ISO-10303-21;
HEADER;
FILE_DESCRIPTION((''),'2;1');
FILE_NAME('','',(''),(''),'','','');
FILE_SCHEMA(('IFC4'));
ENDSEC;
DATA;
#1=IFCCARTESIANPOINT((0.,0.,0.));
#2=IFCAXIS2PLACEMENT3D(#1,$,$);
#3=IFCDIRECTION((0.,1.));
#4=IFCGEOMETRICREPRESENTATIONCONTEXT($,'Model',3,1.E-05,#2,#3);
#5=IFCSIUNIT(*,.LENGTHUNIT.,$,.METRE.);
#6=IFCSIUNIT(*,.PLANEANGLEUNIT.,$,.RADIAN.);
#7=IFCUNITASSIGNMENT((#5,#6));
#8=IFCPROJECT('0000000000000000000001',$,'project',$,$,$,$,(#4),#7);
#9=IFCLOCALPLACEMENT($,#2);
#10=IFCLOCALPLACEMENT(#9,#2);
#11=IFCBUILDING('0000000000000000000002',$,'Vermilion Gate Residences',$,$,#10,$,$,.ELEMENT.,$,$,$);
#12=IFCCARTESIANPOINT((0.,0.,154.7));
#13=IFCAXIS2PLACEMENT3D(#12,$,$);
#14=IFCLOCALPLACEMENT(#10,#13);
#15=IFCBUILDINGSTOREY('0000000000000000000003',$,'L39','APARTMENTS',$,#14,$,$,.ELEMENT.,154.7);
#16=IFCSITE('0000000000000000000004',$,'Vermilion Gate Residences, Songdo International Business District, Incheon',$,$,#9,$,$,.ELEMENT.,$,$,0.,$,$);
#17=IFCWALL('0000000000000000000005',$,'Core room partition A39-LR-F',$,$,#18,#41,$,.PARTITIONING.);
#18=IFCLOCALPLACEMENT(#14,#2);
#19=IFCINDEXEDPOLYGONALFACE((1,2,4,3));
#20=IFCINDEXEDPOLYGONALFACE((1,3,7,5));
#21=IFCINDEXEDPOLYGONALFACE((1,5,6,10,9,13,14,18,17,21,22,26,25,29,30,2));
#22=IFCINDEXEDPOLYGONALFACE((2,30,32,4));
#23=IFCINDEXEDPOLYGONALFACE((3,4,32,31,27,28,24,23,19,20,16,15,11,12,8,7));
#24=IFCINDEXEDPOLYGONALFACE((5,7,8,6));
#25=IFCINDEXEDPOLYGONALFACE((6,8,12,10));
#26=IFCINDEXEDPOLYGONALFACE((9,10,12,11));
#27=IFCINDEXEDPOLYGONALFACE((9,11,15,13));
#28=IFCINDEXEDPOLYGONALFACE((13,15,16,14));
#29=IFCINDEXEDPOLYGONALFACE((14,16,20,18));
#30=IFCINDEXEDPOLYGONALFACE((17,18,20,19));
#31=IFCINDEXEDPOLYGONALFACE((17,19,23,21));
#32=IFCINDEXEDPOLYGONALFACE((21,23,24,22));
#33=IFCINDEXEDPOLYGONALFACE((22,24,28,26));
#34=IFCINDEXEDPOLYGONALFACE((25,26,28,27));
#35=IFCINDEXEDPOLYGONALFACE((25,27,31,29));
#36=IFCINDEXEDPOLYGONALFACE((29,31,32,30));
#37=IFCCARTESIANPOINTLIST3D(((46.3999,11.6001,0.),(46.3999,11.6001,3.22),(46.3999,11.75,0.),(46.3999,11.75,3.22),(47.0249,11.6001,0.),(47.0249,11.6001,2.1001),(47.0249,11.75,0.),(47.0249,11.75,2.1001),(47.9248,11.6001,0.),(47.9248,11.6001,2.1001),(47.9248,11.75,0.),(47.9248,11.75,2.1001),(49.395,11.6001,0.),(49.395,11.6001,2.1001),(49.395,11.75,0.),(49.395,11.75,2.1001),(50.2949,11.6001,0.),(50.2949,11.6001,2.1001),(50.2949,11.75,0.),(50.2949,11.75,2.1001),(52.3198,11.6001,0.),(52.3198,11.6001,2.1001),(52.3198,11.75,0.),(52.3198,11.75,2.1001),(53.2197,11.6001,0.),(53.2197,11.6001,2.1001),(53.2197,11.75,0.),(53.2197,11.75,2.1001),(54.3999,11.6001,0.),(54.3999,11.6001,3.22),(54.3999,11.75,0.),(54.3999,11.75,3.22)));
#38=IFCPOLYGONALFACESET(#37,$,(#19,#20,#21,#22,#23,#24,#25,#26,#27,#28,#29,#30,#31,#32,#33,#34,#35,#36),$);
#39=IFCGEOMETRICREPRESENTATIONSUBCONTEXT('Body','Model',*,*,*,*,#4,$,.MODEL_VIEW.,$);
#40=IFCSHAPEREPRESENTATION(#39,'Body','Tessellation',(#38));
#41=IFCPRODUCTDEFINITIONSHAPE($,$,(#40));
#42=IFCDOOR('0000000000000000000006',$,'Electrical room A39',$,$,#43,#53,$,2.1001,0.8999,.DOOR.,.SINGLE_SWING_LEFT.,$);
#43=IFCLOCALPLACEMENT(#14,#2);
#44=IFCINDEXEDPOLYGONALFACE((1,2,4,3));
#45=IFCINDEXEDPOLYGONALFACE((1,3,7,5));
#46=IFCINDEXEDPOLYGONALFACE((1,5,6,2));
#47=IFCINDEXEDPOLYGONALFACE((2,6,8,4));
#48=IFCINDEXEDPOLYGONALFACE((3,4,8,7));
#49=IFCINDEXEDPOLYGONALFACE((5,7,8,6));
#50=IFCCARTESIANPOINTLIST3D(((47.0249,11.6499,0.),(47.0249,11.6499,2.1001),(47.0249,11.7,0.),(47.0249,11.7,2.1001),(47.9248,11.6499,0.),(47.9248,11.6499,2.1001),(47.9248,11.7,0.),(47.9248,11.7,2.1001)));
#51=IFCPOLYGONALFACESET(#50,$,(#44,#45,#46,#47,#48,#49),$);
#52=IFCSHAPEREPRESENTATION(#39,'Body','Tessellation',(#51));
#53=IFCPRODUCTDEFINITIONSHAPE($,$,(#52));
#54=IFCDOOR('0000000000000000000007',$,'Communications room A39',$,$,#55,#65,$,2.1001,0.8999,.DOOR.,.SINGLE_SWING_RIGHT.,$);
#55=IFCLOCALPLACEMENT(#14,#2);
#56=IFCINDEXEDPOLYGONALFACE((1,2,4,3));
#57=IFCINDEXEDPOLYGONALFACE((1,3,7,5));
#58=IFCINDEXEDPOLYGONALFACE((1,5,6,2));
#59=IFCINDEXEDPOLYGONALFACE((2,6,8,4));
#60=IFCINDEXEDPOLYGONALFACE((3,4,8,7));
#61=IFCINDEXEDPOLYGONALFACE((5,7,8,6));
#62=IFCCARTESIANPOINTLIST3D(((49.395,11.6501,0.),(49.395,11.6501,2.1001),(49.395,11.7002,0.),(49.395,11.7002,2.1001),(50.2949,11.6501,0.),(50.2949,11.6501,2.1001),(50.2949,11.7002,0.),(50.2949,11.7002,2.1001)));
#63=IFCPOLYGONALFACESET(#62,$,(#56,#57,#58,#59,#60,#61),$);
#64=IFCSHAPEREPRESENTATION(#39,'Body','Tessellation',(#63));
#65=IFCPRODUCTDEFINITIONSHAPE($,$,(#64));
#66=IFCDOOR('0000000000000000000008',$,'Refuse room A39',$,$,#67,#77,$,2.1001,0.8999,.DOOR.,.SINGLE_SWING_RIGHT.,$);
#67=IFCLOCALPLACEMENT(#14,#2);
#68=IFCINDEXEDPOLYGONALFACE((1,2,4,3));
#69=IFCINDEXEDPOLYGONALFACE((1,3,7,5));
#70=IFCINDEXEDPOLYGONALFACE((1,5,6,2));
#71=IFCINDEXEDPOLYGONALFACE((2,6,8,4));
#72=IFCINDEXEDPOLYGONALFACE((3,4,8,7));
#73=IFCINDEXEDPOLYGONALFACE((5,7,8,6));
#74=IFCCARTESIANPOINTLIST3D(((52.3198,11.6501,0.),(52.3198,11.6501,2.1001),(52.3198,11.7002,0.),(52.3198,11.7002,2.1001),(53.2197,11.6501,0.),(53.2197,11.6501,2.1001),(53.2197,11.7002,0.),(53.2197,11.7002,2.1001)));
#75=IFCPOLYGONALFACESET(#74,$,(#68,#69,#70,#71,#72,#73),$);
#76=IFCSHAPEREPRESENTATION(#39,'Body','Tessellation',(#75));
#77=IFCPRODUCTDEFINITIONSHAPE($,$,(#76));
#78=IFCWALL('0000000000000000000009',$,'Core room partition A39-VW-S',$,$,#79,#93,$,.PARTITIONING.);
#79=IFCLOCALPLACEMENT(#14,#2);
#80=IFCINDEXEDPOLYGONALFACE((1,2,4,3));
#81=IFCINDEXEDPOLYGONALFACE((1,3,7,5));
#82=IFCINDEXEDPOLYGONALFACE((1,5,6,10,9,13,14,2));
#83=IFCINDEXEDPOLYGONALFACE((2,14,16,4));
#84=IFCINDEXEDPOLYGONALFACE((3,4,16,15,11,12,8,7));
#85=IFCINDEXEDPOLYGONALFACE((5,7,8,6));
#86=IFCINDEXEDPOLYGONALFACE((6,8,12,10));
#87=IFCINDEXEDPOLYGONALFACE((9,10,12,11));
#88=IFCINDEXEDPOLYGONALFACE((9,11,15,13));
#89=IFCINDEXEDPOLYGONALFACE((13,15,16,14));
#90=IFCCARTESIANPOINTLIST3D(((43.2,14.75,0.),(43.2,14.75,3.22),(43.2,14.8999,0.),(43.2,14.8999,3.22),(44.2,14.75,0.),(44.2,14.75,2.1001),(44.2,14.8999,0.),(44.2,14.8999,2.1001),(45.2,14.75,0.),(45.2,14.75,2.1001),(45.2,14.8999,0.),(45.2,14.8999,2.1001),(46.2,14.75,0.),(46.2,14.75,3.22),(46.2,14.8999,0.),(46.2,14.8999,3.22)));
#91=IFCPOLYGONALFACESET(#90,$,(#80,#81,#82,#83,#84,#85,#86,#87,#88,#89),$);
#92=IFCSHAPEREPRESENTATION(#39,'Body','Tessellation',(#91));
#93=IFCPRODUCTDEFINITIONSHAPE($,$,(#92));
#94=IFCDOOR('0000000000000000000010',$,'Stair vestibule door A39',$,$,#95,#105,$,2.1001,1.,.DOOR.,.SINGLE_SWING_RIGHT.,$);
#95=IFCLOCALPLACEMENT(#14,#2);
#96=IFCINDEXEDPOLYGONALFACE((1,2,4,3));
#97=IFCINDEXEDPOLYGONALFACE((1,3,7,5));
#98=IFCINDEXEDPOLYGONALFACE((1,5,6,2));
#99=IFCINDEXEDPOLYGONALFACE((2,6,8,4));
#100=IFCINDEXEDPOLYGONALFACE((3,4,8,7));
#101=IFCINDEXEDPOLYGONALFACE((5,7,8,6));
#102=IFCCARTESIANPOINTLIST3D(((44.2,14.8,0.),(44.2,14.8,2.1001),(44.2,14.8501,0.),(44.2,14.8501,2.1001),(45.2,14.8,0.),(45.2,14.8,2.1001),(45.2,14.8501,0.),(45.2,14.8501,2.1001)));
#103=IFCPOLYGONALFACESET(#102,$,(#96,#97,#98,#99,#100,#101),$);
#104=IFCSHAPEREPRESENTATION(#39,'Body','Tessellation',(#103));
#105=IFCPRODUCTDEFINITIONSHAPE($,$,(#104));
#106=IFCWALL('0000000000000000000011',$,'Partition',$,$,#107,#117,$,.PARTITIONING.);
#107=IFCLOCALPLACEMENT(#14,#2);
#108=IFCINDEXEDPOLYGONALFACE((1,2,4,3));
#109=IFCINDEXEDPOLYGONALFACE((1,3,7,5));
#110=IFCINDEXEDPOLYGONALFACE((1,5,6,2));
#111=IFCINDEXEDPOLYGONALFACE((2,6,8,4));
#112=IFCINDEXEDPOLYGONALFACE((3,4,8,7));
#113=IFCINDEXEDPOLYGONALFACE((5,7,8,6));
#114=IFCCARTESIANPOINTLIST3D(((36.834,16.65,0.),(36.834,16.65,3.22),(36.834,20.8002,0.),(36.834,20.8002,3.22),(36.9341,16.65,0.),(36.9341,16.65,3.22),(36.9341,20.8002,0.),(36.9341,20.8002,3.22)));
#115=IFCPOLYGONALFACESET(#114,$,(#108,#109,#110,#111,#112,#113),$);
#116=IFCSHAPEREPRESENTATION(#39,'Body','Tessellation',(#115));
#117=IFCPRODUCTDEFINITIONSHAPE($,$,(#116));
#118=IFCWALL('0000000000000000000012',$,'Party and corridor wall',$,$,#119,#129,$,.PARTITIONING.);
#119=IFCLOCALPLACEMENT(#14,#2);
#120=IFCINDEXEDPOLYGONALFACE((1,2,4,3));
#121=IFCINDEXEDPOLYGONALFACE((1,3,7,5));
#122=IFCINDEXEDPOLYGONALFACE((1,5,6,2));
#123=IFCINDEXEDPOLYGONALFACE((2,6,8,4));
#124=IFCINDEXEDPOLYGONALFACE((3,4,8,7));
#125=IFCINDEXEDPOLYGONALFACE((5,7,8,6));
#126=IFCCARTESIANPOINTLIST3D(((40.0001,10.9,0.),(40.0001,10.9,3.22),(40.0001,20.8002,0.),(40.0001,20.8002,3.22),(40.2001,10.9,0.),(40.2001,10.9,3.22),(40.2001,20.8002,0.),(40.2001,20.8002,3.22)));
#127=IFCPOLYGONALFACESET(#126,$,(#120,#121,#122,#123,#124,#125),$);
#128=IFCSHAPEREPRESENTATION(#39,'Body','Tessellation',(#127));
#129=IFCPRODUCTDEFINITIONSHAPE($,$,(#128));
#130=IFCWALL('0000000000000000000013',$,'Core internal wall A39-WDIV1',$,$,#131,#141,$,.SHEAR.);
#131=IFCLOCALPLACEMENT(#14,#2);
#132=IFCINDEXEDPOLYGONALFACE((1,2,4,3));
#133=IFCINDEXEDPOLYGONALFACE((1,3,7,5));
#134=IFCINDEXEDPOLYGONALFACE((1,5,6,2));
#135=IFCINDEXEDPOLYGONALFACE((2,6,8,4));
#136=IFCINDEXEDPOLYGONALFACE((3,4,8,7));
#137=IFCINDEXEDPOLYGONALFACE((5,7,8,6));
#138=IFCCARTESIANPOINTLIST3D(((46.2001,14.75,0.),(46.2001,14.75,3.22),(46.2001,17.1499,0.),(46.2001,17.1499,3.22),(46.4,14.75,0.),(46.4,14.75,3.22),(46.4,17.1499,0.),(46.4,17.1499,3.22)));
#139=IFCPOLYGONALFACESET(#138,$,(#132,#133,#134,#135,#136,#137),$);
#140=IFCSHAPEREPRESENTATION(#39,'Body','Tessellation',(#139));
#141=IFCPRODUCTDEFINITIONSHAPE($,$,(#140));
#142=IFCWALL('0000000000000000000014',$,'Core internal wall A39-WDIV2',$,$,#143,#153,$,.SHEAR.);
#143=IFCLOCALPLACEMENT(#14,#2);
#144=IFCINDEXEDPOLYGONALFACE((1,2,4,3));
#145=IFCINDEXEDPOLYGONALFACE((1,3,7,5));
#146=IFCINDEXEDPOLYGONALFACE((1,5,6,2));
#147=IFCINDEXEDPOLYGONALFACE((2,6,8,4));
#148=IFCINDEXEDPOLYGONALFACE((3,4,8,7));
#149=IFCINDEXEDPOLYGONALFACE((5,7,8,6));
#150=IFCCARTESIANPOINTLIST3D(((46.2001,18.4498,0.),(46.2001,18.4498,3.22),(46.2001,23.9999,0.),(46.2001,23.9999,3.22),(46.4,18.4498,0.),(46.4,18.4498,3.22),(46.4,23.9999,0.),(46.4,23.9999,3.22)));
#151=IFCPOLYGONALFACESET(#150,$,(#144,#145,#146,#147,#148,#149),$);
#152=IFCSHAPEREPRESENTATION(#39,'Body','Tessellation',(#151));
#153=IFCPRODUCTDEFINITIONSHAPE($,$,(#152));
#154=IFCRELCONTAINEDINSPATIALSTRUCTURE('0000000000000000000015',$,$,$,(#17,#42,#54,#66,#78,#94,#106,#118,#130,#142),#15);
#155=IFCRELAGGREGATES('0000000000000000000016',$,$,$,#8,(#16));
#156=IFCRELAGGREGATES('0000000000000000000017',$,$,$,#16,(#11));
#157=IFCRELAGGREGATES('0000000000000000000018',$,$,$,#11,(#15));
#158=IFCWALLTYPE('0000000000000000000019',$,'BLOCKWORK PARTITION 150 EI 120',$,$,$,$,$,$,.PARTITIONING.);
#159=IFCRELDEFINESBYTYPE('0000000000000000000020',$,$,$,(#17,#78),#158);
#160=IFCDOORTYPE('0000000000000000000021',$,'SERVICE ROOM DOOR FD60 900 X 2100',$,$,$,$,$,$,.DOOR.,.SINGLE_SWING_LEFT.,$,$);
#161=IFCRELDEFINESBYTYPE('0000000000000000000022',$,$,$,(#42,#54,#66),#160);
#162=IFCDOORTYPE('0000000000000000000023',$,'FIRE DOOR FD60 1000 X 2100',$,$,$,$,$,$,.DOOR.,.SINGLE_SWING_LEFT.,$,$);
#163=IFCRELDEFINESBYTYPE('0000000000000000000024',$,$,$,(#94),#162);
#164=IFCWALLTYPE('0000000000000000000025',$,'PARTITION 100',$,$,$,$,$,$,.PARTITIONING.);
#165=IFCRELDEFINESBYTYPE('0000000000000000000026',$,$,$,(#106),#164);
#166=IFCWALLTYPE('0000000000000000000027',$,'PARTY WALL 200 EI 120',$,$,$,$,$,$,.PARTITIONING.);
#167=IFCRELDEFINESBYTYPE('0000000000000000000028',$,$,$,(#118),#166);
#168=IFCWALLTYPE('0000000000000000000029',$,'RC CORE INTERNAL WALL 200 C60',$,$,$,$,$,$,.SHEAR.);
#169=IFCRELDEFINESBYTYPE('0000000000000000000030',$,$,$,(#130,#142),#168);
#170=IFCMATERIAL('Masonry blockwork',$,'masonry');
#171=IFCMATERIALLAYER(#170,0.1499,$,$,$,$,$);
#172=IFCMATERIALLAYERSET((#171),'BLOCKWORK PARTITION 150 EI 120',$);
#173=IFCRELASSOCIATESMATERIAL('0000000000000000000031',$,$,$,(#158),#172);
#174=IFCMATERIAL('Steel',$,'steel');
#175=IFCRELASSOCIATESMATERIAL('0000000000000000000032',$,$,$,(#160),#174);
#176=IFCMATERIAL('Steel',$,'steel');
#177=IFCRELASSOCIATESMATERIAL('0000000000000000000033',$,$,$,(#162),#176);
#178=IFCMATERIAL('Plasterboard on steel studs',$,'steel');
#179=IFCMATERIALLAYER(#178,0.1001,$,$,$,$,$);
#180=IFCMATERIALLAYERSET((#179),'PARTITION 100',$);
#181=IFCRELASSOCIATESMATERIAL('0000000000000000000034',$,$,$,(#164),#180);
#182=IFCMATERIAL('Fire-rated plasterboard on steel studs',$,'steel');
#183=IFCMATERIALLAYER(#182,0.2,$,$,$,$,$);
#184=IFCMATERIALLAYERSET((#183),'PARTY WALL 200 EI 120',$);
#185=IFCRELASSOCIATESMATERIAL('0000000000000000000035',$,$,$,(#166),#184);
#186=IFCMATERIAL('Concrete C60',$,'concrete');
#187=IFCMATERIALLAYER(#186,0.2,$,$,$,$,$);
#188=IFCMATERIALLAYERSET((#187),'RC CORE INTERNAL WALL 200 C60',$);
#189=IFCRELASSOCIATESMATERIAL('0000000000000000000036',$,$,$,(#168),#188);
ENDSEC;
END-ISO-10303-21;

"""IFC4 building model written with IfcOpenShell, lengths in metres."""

from ifc_helpers import new_model, si_unit, direction, frame, frame_2d, origin, place, context, subcontext, project, spatial, rectangle, extrude, material, layer, layer_set, type_object, element, fill, save


model = new_model("IFC4")

# Units and contexts
model_context = context("Model", 3, precision=1e-05, world=origin(), true_north=direction((0.0, 1.0)))
body_context = subcontext(model_context, "Body", "Model", "MODEL_VIEW")
ifc_project = project(units=[si_unit("LENGTHUNIT", "METRE"), si_unit("PLANEANGLEUNIT", "RADIAN")], contexts=[model_context])

# Site, building, storey
site_placement = place(None, origin())
site = spatial("IfcSite", under=ifc_project, at=site_placement, Name="Vermilion Gate Residences, Songdo International Business District, Incheon", CompositionType="ELEMENT", RefElevation=0.0)
building_placement = place(site_placement, origin())
building = spatial("IfcBuilding", under=site, at=building_placement, Name="Vermilion Gate Residences", CompositionType="ELEMENT")
storey_placement = place(building_placement, frame((0.0, 0.0, 154.7)))
storey = spatial("IfcBuildingStorey", under=building, at=storey_placement, Name="L39", Description="APARTMENTS", CompositionType="ELEMENT", Elevation=154.7)

# Wall, openings, doors
ifc_material_1 = material(Name="Masonry blockwork", Category="masonry")
ifc_layer_1 = layer(ifc_material_1, 0.1499)
ifc_layer_set_1 = layer_set([ifc_layer_1], Name="BLOCKWORK PARTITION 150 EI 120")
wall_type_1 = type_object("IfcWallType", Name="BLOCKWORK PARTITION 150 EI 120", PredefinedType="PARTITIONING", material=ifc_layer_set_1)
wall_1_placement = place(storey_placement, frame((46.3999, 11.675, 0.0), z_axis=(0.0, 0.0, 1.0), x_axis=(1.0, 0.0, 0.0)))
wall_1 = element("IfcWall", 1, at=wall_1_placement, inside=storey, type_object=wall_type_1, Name="Core room partition A39-LR-F", PredefinedType="PARTITIONING", context=body_context, shape_type="SweptSolid", body=[
    extrude(rectangle(XDim=8.0, YDim=0.1499, at=frame_2d((4.0, 0.0))), origin(), (0.0, 0.0, 1.0), 3.22),
])
opening_1_placement = place(wall_1_placement, frame((0.625, 0.0, 0.0)))
opening_1 = element("IfcOpeningElement", 2, at=opening_1_placement, cuts=wall_1, PredefinedType="OPENING", context=body_context, shape_type="SweptSolid", body=[
    extrude(rectangle(XDim=0.8999, YDim=2.1001, at=frame_2d((0.45, 1.05))), frame((0.0, 0.085, 0.0), z_axis=(0.0, -1.0, 0.0), x_axis=(1.0, 0.0, 0.0)), (0.0, 0.0, 1.0), 0.1699),
])
opening_2_placement = place(wall_1_placement, frame((2.9951, 0.0, 0.0)))
opening_2 = element("IfcOpeningElement", 3, at=opening_2_placement, cuts=wall_1, PredefinedType="OPENING", context=body_context, shape_type="SweptSolid", body=[
    extrude(rectangle(XDim=0.8999, YDim=2.1001, at=frame_2d((0.45, 1.05))), frame((0.0, 0.085, 0.0), z_axis=(0.0, -1.0, 0.0), x_axis=(1.0, 0.0, 0.0)), (0.0, 0.0, 1.0), 0.1699),
])
opening_3_placement = place(wall_1_placement, frame((5.9199, 0.0, 0.0)))
opening_3 = element("IfcOpeningElement", 4, at=opening_3_placement, cuts=wall_1, PredefinedType="OPENING", context=body_context, shape_type="SweptSolid", body=[
    extrude(rectangle(XDim=0.8999, YDim=2.1001, at=frame_2d((0.45, 1.05))), frame((0.0, 0.085, 0.0), z_axis=(0.0, -1.0, 0.0), x_axis=(1.0, 0.0, 0.0)), (0.0, 0.0, 1.0), 0.1699),
])
ifc_material_2 = material(Name="Steel", Category="steel")
door_type_1 = type_object("IfcDoorType", Name="SERVICE ROOM DOOR FD60 900 X 2100", OperationType="SINGLE_SWING_LEFT", PredefinedType="DOOR", material=ifc_material_2)
door_1_placement = place(opening_1_placement, origin())
door_1 = element("IfcDoor", 5, at=door_1_placement, inside=storey, type_object=door_type_1, Name="Electrical room A39", OperationType="SINGLE_SWING_LEFT", OverallHeight=2.1001, OverallWidth=0.8999, PredefinedType="DOOR", context=body_context, shape_type="SweptSolid", body=[
    extrude(rectangle(XDim=0.8999, YDim=2.1001, at=frame_2d((0.45, 1.05))), frame((0.0, 0.0249, 0.0), z_axis=(0.0, -1.0, 0.0), x_axis=(1.0, 0.0, 0.0)), (0.0, 0.0, 1.0), 0.05),
])
fill(opening_1, door_1)
door_2_placement = place(opening_2_placement, frame((0.8999, 0.0, 0.0), z_axis=(0.0, 0.0, 1.0), x_axis=(-1.0, 0.0, 0.0)))
door_2 = element("IfcDoor", 6, at=door_2_placement, inside=storey, type_object=door_type_1, Name="Communications room A39", OperationType="SINGLE_SWING_RIGHT", OverallHeight=2.1001, OverallWidth=0.8999, PredefinedType="DOOR", context=body_context, shape_type="SweptSolid", body=[
    extrude(rectangle(XDim=0.8999, YDim=2.1001, at=frame_2d((0.45, 1.05))), frame((0.0, 0.0249, 0.0), z_axis=(0.0, -1.0, 0.0), x_axis=(1.0, 0.0, 0.0)), (0.0, 0.0, 1.0), 0.05),
])
fill(opening_2, door_2)
door_3_placement = place(opening_3_placement, frame((0.8999, 0.0, 0.0), z_axis=(0.0, 0.0, 1.0), x_axis=(-1.0, 0.0, 0.0)))
door_3 = element("IfcDoor", 7, at=door_3_placement, inside=storey, type_object=door_type_1, Name="Refuse room A39", OperationType="SINGLE_SWING_RIGHT", OverallHeight=2.1001, OverallWidth=0.8999, PredefinedType="DOOR", context=body_context, shape_type="SweptSolid", body=[
    extrude(rectangle(XDim=0.8999, YDim=2.1001, at=frame_2d((0.45, 1.05))), frame((0.0, 0.0249, 0.0), z_axis=(0.0, -1.0, 0.0), x_axis=(1.0, 0.0, 0.0)), (0.0, 0.0, 1.0), 0.05),
])
fill(opening_3, door_3)

# Wall, opening, door
wall_2_placement = place(storey_placement, frame((43.2, 14.825, 0.0), z_axis=(0.0, 0.0, 1.0), x_axis=(1.0, 0.0, 0.0)))
wall_2 = element("IfcWall", 8, at=wall_2_placement, inside=storey, type_object=wall_type_1, Name="Core room partition A39-VW-S", PredefinedType="PARTITIONING", context=body_context, shape_type="SweptSolid", body=[
    extrude(rectangle(XDim=3.0, YDim=0.1499, at=frame_2d((1.5, 0.0))), origin(), (0.0, 0.0, 1.0), 3.22),
])
opening_4_placement = place(wall_2_placement, frame((1.0, 0.0, 0.0)))
opening_4 = element("IfcOpeningElement", 9, at=opening_4_placement, cuts=wall_2, PredefinedType="OPENING", context=body_context, shape_type="SweptSolid", body=[
    extrude(rectangle(XDim=1.0, YDim=2.1001, at=frame_2d((0.5, 1.05))), frame((0.0, 0.085, 0.0), z_axis=(0.0, -1.0, 0.0), x_axis=(1.0, 0.0, 0.0)), (0.0, 0.0, 1.0), 0.1699),
])
ifc_material_3 = material(Name="Steel", Category="steel")
door_type_2 = type_object("IfcDoorType", Name="FIRE DOOR FD60 1000 X 2100", OperationType="SINGLE_SWING_LEFT", PredefinedType="DOOR", material=ifc_material_3)
door_4_placement = place(opening_4_placement, frame((1.0, 0.0, 0.0), z_axis=(0.0, 0.0, 1.0), x_axis=(-1.0, 0.0, 0.0)))
door_4 = element("IfcDoor", 10, at=door_4_placement, inside=storey, type_object=door_type_2, Name="Stair vestibule door A39", OperationType="SINGLE_SWING_RIGHT", OverallHeight=2.1001, OverallWidth=1.0, PredefinedType="DOOR", context=body_context, shape_type="SweptSolid", body=[
    extrude(rectangle(XDim=1.0, YDim=2.1001, at=frame_2d((0.5, 1.05))), frame((0.0, 0.0249, 0.0), z_axis=(0.0, -1.0, 0.0), x_axis=(1.0, 0.0, 0.0)), (0.0, 0.0, 1.0), 0.05),
])
fill(opening_4, door_4)

# Walls
ifc_material_4 = material(Name="Plasterboard on steel studs", Category="steel")
ifc_layer_2 = layer(ifc_material_4, 0.1001)
ifc_layer_set_2 = layer_set([ifc_layer_2], Name="PARTITION 100")
wall_type_2 = type_object("IfcWallType", Name="PARTITION 100", PredefinedType="PARTITIONING", material=ifc_layer_set_2)
wall_3_placement = place(storey_placement, frame((36.884, 16.6499, 0.0), z_axis=(0.0, 0.0, 1.0), x_axis=(0.0, 1.0, 0.0)))
element("IfcWall", 11, at=wall_3_placement, inside=storey, type_object=wall_type_2, Name="Partition", PredefinedType="PARTITIONING", context=body_context, shape_type="SweptSolid", body=[
    extrude(rectangle(XDim=4.1501, YDim=0.1001, at=frame_2d((2.0752, 0.0))), origin(), (0.0, 0.0, 1.0), 3.22),
])
ifc_material_5 = material(Name="Fire-rated plasterboard on steel studs", Category="steel")
ifc_layer_3 = layer(ifc_material_5, 0.2)
ifc_layer_set_3 = layer_set([ifc_layer_3], Name="PARTY WALL 200 EI 120")
wall_type_3 = type_object("IfcWallType", Name="PARTY WALL 200 EI 120", PredefinedType="PARTITIONING", material=ifc_layer_set_3)
wall_4_placement = place(storey_placement, frame((40.1001, 10.8999, 0.0), z_axis=(0.0, 0.0, 1.0), x_axis=(0.0, 1.0, 0.0)))
element("IfcWall", 12, at=wall_4_placement, inside=storey, type_object=wall_type_3, Name="Party and corridor wall", PredefinedType="PARTITIONING", context=body_context, shape_type="SweptSolid", body=[
    extrude(rectangle(XDim=9.9001, YDim=0.2, at=frame_2d((4.9502, 0.0))), origin(), (0.0, 0.0, 1.0), 3.22),
])
ifc_material_6 = material(Name="Concrete C60", Category="concrete")
ifc_layer_4 = layer(ifc_material_6, 0.2)
ifc_layer_set_4 = layer_set([ifc_layer_4], Name="RC CORE INTERNAL WALL 200 C60")
wall_type_4 = type_object("IfcWallType", Name="RC CORE INTERNAL WALL 200 C60", PredefinedType="SHEAR", material=ifc_layer_set_4)
wall_5_placement = place(storey_placement, frame((46.3, 14.75, 0.0), z_axis=(0.0, 0.0, 1.0), x_axis=(0.0, 1.0, 0.0)))
element("IfcWall", 13, at=wall_5_placement, inside=storey, type_object=wall_type_4, Name="Core internal wall A39-WDIV1", PredefinedType="SHEAR", context=body_context, shape_type="SweptSolid", body=[
    extrude(rectangle(XDim=2.3999, YDim=0.2, at=frame_2d((1.2, 0.0))), origin(), (0.0, 0.0, 1.0), 3.22),
])
wall_6_placement = place(storey_placement, frame((46.3, 18.45, 0.0), z_axis=(0.0, 0.0, 1.0), x_axis=(0.0, 1.0, 0.0)))
element("IfcWall", 14, at=wall_6_placement, inside=storey, type_object=wall_type_4, Name="Core internal wall A39-WDIV2", PredefinedType="SHEAR", context=body_context, shape_type="SweptSolid", body=[
    extrude(rectangle(XDim=5.55, YDim=0.2, at=frame_2d((2.7749, 0.0))), origin(), (0.0, 0.0, 1.0), 3.22),
])

save(model, "model.ifc")
